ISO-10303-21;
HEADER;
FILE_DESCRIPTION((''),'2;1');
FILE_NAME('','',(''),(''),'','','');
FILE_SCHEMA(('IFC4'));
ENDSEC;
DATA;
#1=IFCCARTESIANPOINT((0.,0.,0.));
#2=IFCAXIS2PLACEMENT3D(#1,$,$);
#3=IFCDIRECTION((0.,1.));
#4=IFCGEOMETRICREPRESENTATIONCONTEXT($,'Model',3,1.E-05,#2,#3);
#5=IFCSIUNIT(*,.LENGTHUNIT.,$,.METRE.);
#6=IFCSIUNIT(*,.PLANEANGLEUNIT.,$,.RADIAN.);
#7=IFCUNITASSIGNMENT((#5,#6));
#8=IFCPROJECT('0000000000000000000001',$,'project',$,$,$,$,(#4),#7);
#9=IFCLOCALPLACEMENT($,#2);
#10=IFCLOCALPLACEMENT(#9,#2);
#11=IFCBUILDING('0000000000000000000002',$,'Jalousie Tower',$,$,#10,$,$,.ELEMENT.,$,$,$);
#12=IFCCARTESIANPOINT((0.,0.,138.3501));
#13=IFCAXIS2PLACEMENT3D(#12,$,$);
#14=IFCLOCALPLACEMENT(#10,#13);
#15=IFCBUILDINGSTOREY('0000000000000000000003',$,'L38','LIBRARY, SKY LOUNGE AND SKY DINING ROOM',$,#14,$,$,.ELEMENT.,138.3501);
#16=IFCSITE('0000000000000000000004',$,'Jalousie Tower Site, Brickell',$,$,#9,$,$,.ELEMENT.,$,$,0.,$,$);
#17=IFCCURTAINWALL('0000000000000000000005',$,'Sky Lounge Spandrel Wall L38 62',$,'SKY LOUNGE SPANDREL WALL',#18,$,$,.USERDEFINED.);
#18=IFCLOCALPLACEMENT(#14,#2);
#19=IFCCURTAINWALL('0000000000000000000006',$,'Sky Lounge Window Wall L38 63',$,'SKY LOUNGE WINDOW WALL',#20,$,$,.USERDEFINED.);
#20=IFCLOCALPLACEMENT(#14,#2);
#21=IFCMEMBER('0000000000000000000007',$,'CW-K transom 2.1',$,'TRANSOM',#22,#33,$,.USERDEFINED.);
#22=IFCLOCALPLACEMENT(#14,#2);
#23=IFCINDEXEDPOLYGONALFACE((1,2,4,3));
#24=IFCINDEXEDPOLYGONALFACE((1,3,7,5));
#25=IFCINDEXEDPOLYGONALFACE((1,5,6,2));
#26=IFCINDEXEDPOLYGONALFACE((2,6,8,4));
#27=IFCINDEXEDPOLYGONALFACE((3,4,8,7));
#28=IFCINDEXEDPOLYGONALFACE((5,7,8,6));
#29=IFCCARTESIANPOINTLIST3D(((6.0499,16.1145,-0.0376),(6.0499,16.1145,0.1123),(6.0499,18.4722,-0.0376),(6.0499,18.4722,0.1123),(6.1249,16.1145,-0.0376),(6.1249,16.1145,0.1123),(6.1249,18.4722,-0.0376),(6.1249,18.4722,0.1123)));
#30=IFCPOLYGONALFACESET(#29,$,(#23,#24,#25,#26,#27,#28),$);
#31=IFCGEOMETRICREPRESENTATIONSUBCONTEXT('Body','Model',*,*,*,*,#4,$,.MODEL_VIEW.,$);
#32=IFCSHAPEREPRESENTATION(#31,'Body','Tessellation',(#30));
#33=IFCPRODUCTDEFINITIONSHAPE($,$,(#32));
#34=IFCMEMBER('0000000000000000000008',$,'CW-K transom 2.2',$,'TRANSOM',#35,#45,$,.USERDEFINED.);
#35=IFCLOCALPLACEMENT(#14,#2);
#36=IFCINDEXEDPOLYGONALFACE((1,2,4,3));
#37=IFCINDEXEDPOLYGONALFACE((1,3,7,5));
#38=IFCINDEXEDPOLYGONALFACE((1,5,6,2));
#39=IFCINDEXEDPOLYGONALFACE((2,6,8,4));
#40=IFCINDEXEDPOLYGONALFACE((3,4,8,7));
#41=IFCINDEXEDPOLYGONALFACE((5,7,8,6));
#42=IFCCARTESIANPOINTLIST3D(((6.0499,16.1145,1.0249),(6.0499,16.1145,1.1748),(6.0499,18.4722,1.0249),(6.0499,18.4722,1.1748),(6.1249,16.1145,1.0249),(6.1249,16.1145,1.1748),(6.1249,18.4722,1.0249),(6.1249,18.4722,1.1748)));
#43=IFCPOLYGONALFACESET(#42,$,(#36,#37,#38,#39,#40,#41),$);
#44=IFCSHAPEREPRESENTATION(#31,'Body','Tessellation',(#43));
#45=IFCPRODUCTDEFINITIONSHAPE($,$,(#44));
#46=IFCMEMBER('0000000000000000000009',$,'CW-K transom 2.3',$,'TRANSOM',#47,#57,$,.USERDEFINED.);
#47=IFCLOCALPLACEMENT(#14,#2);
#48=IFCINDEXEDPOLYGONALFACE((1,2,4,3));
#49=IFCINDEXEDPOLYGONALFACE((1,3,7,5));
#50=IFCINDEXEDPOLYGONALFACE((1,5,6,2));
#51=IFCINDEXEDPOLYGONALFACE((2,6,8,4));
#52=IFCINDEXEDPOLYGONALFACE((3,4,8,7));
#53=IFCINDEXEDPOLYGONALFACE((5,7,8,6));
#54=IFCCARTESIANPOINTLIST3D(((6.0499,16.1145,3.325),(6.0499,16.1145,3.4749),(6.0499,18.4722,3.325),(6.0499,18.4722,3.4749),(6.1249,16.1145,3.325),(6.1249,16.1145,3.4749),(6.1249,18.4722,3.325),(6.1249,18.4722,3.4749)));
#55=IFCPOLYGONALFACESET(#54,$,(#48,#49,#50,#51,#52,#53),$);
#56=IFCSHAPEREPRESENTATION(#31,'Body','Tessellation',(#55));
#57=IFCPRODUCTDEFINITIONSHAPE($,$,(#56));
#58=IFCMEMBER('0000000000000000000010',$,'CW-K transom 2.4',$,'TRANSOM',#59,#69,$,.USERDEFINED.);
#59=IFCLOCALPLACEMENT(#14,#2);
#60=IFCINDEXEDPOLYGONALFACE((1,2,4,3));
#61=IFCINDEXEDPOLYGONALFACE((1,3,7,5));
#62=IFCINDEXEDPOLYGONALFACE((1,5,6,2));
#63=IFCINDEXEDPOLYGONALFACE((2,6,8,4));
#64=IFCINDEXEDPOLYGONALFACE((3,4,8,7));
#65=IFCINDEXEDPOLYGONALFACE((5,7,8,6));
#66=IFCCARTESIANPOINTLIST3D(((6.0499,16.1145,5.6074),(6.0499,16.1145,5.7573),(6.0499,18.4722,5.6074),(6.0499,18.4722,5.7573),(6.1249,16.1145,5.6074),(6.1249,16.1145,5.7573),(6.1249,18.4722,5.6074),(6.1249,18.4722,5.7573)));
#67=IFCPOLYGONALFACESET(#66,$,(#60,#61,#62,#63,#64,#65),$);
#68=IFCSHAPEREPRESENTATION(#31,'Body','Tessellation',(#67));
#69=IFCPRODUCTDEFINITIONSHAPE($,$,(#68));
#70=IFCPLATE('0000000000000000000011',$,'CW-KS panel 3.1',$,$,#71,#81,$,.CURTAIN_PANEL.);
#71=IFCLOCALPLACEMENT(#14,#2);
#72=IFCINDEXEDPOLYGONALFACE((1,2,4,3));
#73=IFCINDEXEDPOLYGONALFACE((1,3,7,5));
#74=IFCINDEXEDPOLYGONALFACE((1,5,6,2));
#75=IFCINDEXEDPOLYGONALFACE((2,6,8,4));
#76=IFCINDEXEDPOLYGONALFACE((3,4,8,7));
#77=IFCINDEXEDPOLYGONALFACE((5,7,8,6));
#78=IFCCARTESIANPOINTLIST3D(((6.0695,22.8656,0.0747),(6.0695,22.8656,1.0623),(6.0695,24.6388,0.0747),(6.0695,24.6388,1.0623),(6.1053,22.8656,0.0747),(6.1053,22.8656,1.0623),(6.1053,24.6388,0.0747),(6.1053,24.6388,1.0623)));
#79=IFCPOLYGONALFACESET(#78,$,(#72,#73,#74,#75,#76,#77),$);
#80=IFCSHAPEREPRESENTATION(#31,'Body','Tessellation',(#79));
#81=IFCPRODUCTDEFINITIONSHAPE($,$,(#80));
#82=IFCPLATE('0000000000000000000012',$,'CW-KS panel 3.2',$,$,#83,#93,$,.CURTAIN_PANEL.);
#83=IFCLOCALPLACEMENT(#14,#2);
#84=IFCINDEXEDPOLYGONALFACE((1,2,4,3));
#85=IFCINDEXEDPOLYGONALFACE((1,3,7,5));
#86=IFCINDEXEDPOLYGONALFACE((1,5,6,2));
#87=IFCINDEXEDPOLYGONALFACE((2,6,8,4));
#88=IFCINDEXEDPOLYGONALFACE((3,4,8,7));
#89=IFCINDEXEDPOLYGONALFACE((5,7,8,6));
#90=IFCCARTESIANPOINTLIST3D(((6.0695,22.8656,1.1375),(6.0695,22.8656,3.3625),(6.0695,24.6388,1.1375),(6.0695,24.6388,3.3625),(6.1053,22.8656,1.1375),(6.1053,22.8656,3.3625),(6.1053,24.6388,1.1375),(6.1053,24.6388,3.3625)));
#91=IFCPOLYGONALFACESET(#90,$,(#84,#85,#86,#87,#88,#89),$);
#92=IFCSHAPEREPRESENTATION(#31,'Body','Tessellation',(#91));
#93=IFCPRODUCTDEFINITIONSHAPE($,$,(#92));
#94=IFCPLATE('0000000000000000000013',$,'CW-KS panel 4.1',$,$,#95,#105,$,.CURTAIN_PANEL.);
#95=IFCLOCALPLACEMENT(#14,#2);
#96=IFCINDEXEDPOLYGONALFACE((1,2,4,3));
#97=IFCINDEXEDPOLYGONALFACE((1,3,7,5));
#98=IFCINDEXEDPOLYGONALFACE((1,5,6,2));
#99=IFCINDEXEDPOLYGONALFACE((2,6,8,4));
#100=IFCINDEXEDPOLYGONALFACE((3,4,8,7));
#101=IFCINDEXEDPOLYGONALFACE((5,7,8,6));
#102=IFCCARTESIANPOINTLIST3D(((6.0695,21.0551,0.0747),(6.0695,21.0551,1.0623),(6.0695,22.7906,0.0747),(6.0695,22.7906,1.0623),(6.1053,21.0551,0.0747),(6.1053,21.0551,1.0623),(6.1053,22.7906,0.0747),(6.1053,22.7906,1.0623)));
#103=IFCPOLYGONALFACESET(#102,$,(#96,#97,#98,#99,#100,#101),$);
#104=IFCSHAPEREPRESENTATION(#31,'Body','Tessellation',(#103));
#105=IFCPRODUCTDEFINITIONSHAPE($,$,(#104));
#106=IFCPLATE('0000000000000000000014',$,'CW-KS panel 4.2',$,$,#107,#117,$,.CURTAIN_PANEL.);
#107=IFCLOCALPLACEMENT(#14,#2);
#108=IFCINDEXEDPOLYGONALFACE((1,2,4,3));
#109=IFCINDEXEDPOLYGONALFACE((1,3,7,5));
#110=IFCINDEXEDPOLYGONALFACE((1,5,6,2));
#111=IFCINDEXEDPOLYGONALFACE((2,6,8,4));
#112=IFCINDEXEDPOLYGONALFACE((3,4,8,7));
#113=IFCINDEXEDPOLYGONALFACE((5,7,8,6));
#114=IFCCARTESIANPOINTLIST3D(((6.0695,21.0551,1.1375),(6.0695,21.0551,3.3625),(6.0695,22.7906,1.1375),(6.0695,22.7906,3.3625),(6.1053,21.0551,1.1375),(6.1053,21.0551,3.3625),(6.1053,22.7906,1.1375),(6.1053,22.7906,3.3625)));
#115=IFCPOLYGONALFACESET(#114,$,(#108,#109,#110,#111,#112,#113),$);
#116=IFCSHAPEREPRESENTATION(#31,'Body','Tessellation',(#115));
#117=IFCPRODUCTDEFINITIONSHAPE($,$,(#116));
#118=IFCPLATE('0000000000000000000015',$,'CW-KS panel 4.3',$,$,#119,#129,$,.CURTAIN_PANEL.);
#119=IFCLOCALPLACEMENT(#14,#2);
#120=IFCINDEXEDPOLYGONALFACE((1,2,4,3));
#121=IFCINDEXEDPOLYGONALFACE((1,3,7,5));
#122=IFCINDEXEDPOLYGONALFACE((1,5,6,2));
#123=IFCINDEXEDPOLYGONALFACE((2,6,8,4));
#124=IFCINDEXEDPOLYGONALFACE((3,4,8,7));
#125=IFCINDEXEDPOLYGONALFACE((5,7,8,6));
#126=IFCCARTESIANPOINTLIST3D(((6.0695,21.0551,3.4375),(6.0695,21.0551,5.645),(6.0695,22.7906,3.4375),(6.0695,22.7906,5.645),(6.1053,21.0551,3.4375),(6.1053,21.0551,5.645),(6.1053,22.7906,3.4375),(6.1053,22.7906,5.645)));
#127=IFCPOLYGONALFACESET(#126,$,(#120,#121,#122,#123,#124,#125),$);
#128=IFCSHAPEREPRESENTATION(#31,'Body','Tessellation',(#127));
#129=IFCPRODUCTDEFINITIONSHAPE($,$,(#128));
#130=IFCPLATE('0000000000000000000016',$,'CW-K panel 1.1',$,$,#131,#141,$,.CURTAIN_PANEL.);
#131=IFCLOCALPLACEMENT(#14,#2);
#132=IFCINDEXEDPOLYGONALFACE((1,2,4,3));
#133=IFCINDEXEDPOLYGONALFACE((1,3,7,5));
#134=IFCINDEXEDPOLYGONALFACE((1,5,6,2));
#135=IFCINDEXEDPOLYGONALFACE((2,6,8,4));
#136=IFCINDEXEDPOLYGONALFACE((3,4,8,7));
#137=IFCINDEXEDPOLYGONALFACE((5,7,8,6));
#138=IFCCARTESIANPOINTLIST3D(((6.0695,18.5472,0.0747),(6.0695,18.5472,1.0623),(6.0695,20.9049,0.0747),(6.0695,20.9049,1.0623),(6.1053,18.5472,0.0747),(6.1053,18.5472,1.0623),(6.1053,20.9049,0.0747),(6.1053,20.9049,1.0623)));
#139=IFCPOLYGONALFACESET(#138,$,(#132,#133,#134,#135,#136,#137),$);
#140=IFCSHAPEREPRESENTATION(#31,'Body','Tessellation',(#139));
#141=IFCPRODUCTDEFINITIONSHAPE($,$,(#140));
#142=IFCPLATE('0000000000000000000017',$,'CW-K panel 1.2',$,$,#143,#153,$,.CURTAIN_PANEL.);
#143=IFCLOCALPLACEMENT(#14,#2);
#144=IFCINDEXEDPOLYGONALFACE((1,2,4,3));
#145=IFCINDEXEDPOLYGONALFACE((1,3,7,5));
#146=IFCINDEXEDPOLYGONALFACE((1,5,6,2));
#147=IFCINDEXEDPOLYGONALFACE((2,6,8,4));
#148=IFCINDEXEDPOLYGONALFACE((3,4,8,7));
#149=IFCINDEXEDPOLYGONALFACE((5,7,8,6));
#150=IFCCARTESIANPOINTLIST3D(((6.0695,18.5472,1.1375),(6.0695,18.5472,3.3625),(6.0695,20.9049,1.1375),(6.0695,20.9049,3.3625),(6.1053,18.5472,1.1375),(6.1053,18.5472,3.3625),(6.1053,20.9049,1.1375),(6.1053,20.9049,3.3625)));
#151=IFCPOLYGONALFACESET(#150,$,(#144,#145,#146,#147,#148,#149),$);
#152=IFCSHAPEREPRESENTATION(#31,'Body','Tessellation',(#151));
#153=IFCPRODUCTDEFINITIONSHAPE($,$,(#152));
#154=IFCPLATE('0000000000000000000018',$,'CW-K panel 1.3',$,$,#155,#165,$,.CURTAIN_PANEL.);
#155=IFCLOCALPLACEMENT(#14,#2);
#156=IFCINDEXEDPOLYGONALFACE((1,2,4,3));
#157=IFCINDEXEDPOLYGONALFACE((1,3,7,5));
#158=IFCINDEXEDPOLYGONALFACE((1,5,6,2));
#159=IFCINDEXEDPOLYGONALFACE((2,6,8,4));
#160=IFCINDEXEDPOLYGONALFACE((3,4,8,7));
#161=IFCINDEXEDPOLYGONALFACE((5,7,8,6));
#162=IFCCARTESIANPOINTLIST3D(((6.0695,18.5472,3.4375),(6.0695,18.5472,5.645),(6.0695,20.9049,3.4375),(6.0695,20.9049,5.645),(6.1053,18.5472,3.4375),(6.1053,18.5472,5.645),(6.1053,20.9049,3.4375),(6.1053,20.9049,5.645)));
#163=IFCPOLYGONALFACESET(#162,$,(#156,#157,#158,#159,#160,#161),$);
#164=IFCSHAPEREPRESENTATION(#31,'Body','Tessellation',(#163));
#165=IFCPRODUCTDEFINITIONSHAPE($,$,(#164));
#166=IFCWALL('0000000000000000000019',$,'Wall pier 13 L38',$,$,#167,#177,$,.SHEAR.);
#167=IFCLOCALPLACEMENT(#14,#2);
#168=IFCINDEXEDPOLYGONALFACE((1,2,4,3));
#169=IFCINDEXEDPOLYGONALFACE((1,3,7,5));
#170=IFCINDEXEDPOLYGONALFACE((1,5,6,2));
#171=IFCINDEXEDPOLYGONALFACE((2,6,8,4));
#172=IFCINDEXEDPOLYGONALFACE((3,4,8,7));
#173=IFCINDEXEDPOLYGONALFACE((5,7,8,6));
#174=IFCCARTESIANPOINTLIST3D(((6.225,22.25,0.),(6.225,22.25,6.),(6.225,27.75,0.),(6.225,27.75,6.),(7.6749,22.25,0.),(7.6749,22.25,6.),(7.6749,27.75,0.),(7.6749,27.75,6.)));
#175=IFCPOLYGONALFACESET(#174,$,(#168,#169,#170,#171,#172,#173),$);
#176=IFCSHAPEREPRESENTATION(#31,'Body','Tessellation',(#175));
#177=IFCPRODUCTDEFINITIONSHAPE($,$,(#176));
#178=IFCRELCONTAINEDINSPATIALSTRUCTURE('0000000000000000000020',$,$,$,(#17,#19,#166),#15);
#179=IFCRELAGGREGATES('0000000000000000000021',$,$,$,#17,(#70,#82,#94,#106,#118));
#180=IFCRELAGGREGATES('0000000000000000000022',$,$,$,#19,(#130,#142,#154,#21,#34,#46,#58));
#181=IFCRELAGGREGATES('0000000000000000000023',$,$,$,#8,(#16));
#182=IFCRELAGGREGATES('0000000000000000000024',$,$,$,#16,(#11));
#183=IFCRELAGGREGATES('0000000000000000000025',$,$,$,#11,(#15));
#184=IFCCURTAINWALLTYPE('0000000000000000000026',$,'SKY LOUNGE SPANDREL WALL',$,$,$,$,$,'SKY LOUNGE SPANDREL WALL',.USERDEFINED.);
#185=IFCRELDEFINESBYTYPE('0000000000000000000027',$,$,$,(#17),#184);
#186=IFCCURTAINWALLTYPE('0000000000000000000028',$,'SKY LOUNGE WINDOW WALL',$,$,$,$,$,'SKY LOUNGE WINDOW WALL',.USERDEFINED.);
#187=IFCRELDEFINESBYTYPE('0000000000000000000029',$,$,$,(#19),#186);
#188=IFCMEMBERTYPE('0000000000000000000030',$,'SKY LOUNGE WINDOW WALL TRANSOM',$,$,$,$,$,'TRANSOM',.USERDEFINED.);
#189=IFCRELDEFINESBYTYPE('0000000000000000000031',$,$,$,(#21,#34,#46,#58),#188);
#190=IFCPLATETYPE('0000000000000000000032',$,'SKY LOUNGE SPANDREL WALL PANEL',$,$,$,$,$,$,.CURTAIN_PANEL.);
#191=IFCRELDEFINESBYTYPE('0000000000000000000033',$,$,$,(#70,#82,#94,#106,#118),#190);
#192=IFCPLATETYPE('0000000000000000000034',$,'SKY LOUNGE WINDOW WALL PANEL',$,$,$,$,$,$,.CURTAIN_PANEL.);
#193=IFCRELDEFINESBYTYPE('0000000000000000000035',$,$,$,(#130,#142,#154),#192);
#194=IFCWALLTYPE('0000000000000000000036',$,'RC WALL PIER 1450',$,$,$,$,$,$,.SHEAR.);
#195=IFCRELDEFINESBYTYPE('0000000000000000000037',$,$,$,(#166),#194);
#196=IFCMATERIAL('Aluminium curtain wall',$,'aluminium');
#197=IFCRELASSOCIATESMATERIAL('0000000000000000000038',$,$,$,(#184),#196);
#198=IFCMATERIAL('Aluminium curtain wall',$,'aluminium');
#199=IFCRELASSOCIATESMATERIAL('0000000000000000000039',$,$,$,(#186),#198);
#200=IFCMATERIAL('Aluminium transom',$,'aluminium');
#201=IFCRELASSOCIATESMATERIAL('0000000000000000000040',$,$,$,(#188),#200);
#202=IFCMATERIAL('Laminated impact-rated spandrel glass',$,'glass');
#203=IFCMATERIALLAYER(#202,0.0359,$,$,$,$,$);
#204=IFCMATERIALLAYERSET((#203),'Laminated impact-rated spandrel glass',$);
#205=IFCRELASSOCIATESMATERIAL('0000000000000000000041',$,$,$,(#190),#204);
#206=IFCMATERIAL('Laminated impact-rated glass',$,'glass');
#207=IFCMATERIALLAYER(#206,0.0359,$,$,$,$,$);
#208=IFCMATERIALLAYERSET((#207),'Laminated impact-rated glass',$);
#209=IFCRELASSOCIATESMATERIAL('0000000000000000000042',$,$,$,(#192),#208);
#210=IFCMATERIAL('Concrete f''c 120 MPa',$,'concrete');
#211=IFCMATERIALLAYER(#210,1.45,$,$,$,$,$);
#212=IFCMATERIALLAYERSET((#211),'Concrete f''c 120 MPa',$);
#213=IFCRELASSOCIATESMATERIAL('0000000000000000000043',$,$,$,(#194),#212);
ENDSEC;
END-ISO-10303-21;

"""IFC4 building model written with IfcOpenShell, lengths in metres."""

from ifc_helpers import new_model, si_unit, direction, frame, frame_2d, origin, origin_2d, place, context, subcontext, project, spatial, rectangle, extrude, material, layer, layer_set, material_profile, profile_set, type_object, element, aggregate, save


model = new_model("IFC4")

# Units and contexts
model_context = context("Model", 3, precision=1e-05, world=origin(), true_north=direction((0.0, 1.0)))
body_context = subcontext(model_context, "Body", "Model", "MODEL_VIEW")
ifc_project = project(units=[si_unit("LENGTHUNIT", "METRE"), si_unit("PLANEANGLEUNIT", "RADIAN")], contexts=[model_context])

# Site, building, storey
site_placement = place(None, origin())
site = spatial("IfcSite", under=ifc_project, at=site_placement, Name="Jalousie Tower Site, Brickell", CompositionType="ELEMENT", RefElevation=0.0)
building_placement = place(site_placement, origin())
building = spatial("IfcBuilding", under=site, at=building_placement, Name="Jalousie Tower", CompositionType="ELEMENT")
storey_placement = place(building_placement, frame((0.0, 0.0, 138.3501)))
storey = spatial("IfcBuildingStorey", under=building, at=storey_placement, Name="L38", Description="LIBRARY, SKY LOUNGE AND SKY DINING ROOM", CompositionType="ELEMENT", Elevation=138.3501)

# Curtain walls, members
ifc_material_1 = material(Name="Aluminium curtain wall", Category="aluminium")
curtain_wall_type_1 = type_object("IfcCurtainWallType", Name="SKY LOUNGE SPANDREL WALL", ElementType="SKY LOUNGE SPANDREL WALL", PredefinedType="USERDEFINED", material=ifc_material_1)
curtain_wall_1_placement = place(storey_placement, origin())
curtain_wall_1 = element("IfcCurtainWall", 1, at=curtain_wall_1_placement, inside=storey, type_object=curtain_wall_type_1, Name="Sky Lounge Spandrel Wall L38 62", ObjectType="SKY LOUNGE SPANDREL WALL", PredefinedType="USERDEFINED")
ifc_material_2 = material(Name="Aluminium curtain wall", Category="aluminium")
curtain_wall_type_2 = type_object("IfcCurtainWallType", Name="SKY LOUNGE WINDOW WALL", ElementType="SKY LOUNGE WINDOW WALL", PredefinedType="USERDEFINED", material=ifc_material_2)
curtain_wall_2_placement = place(storey_placement, origin())
curtain_wall_2 = element("IfcCurtainWall", 2, at=curtain_wall_2_placement, inside=storey, type_object=curtain_wall_type_2, Name="Sky Lounge Window Wall L38 63", ObjectType="SKY LOUNGE WINDOW WALL", PredefinedType="USERDEFINED")
ifc_material_3 = material(Name="Aluminium transom", Category="aluminium")
ifc_material_profile_1 = material_profile(ifc_material_3, rectangle(XDim=0.075, YDim=0.1499, at=origin_2d()), Name="TRANSOM 75x150")
ifc_profile_set_1 = profile_set([ifc_material_profile_1], Name="Aluminium transom")
member_type_1 = type_object("IfcMemberType", Name="SKY LOUNGE WINDOW WALL TRANSOM", ElementType="TRANSOM", PredefinedType="USERDEFINED", material=ifc_profile_set_1)
member_1_placement = place(storey_placement, frame((6.0874, 18.4722, 0.0374), z_axis=(0.0, -1.0, 0.0), x_axis=(1.0, 0.0, 0.0)))
member_1 = element("IfcMember", 3, at=member_1_placement, type_object=member_type_1, Name="CW-K transom 2.1", ObjectType="TRANSOM", PredefinedType="USERDEFINED", context=body_context, shape_type="SweptSolid", body=[
    extrude(rectangle(XDim=0.075, YDim=0.1499, at=origin_2d()), origin(), (0.0, 0.0, 1.0), 2.3577),
])
member_2_placement = place(storey_placement, frame((6.0874, 18.4722, 1.0999), z_axis=(0.0, -1.0, 0.0), x_axis=(1.0, 0.0, 0.0)))
member_2 = element("IfcMember", 4, at=member_2_placement, type_object=member_type_1, Name="CW-K transom 2.2", ObjectType="TRANSOM", PredefinedType="USERDEFINED", context=body_context, shape_type="SweptSolid", body=[
    extrude(rectangle(XDim=0.075, YDim=0.1499, at=origin_2d()), origin(), (0.0, 0.0, 1.0), 2.3577),
])
member_3_placement = place(storey_placement, frame((6.0874, 18.4722, 3.3999), z_axis=(0.0, -1.0, 0.0), x_axis=(1.0, 0.0, 0.0)))
member_3 = element("IfcMember", 5, at=member_3_placement, type_object=member_type_1, Name="CW-K transom 2.3", ObjectType="TRANSOM", PredefinedType="USERDEFINED", context=body_context, shape_type="SweptSolid", body=[
    extrude(rectangle(XDim=0.075, YDim=0.1499, at=origin_2d()), origin(), (0.0, 0.0, 1.0), 2.3577),
])
member_4_placement = place(storey_placement, frame((6.0874, 18.4722, 5.6824), z_axis=(0.0, -1.0, 0.0), x_axis=(1.0, 0.0, 0.0)))
member_4 = element("IfcMember", 6, at=member_4_placement, type_object=member_type_1, Name="CW-K transom 2.4", ObjectType="TRANSOM", PredefinedType="USERDEFINED", context=body_context, shape_type="SweptSolid", body=[
    extrude(rectangle(XDim=0.075, YDim=0.1499, at=origin_2d()), origin(), (0.0, 0.0, 1.0), 2.3577),
])

# Plates
ifc_material_4 = material(Name="Laminated impact-rated spandrel glass", Category="glass")
ifc_layer_1 = layer(ifc_material_4, 0.0359)
ifc_layer_set_1 = layer_set([ifc_layer_1], Name="Laminated impact-rated spandrel glass")
plate_type_1 = type_object("IfcPlateType", Name="SKY LOUNGE SPANDREL WALL PANEL", PredefinedType="CURTAIN_PANEL", material=ifc_layer_set_1)
plate_1_placement = place(storey_placement, frame((6.0874, 23.7522, 0.0747), z_axis=(0.0, 0.0, 1.0), x_axis=(0.0, -1.0, 0.0)))
plate_1 = element("IfcPlate", 7, at=plate_1_placement, type_object=plate_type_1, Name="CW-KS panel 3.1", PredefinedType="CURTAIN_PANEL", context=body_context, shape_type="SweptSolid", body=[
    extrude(rectangle(XDim=1.7732, YDim=0.0359, at=origin_2d()), origin(), (0.0, 0.0, 1.0), 0.9875),
])
plate_2_placement = place(storey_placement, frame((6.0874, 23.7522, 1.1375), z_axis=(0.0, 0.0, 1.0), x_axis=(0.0, -1.0, 0.0)))
plate_2 = element("IfcPlate", 8, at=plate_2_placement, type_object=plate_type_1, Name="CW-KS panel 3.2", PredefinedType="CURTAIN_PANEL", context=body_context, shape_type="SweptSolid", body=[
    extrude(rectangle(XDim=1.7732, YDim=0.0359, at=origin_2d()), origin(), (0.0, 0.0, 1.0), 2.2251),
])
plate_3_placement = place(storey_placement, frame((6.0874, 21.9229, 0.0747), z_axis=(0.0, 0.0, 1.0), x_axis=(0.0, -1.0, 0.0)))
plate_3 = element("IfcPlate", 9, at=plate_3_placement, type_object=plate_type_1, Name="CW-KS panel 4.1", PredefinedType="CURTAIN_PANEL", context=body_context, shape_type="SweptSolid", body=[
    extrude(rectangle(XDim=1.7356, YDim=0.0359, at=origin_2d()), origin(), (0.0, 0.0, 1.0), 0.9875),
])
plate_4_placement = place(storey_placement, frame((6.0874, 21.9229, 1.1375), z_axis=(0.0, 0.0, 1.0), x_axis=(0.0, -1.0, 0.0)))
plate_4 = element("IfcPlate", 10, at=plate_4_placement, type_object=plate_type_1, Name="CW-KS panel 4.2", PredefinedType="CURTAIN_PANEL", context=body_context, shape_type="SweptSolid", body=[
    extrude(rectangle(XDim=1.7356, YDim=0.0359, at=origin_2d()), origin(), (0.0, 0.0, 1.0), 2.2251),
])
plate_5_placement = place(storey_placement, frame((6.0874, 21.9229, 3.4375), z_axis=(0.0, 0.0, 1.0), x_axis=(0.0, -1.0, 0.0)))
plate_5 = element("IfcPlate", 11, at=plate_5_placement, type_object=plate_type_1, Name="CW-KS panel 4.3", PredefinedType="CURTAIN_PANEL", context=body_context, shape_type="SweptSolid", body=[
    extrude(rectangle(XDim=1.7356, YDim=0.0359, at=origin_2d()), origin(), (0.0, 0.0, 1.0), 2.2075),
])
aggregate(curtain_wall_1, [plate_1, plate_2, plate_3, plate_4, plate_5])
ifc_material_5 = material(Name="Laminated impact-rated glass", Category="glass")
ifc_layer_2 = layer(ifc_material_5, 0.0359)
ifc_layer_set_2 = layer_set([ifc_layer_2], Name="Laminated impact-rated glass")
plate_type_2 = type_object("IfcPlateType", Name="SKY LOUNGE WINDOW WALL PANEL", PredefinedType="CURTAIN_PANEL", material=ifc_layer_set_2)
plate_6_placement = place(storey_placement, frame((6.0874, 19.7261, 0.0747), z_axis=(0.0, 0.0, 1.0), x_axis=(0.0, -1.0, 0.0)))
plate_6 = element("IfcPlate", 12, at=plate_6_placement, type_object=plate_type_2, Name="CW-K panel 1.1", PredefinedType="CURTAIN_PANEL", context=body_context, shape_type="SweptSolid", body=[
    extrude(rectangle(XDim=2.3577, YDim=0.0359, at=origin_2d()), origin(), (0.0, 0.0, 1.0), 0.9875),
])
plate_7_placement = place(storey_placement, frame((6.0874, 19.7261, 1.1375), z_axis=(0.0, 0.0, 1.0), x_axis=(0.0, -1.0, 0.0)))
plate_7 = element("IfcPlate", 13, at=plate_7_placement, type_object=plate_type_2, Name="CW-K panel 1.2", PredefinedType="CURTAIN_PANEL", context=body_context, shape_type="SweptSolid", body=[
    extrude(rectangle(XDim=2.3577, YDim=0.0359, at=origin_2d()), origin(), (0.0, 0.0, 1.0), 2.2251),
])
plate_8_placement = place(storey_placement, frame((6.0874, 19.7261, 3.4375), z_axis=(0.0, 0.0, 1.0), x_axis=(0.0, -1.0, 0.0)))
plate_8 = element("IfcPlate", 14, at=plate_8_placement, type_object=plate_type_2, Name="CW-K panel 1.3", PredefinedType="CURTAIN_PANEL", context=body_context, shape_type="SweptSolid", body=[
    extrude(rectangle(XDim=2.3577, YDim=0.0359, at=origin_2d()), origin(), (0.0, 0.0, 1.0), 2.2075),
])
aggregate(curtain_wall_2, [plate_6, plate_7, plate_8, member_1, member_2, member_3, member_4])

# Wall
ifc_material_6 = material(Name="Concrete f'c 120 MPa", Category="concrete")
ifc_layer_3 = layer(ifc_material_6, 1.45)
ifc_layer_set_3 = layer_set([ifc_layer_3], Name="Concrete f'c 120 MPa")
wall_type = type_object("IfcWallType", Name="RC WALL PIER 1450", PredefinedType="SHEAR", material=ifc_layer_set_3)
wall_placement = place(storey_placement, frame((6.95, 22.25, 0.0), z_axis=(0.0, 0.0, 1.0), x_axis=(0.0, 1.0, 0.0)))
element("IfcWall", 15, at=wall_placement, inside=storey, type_object=wall_type, Name="Wall pier 13 L38", PredefinedType="SHEAR", context=body_context, shape_type="SweptSolid", body=[
    extrude(rectangle(XDim=5.5, YDim=1.45, at=frame_2d((2.75, 0.0))), origin(), (0.0, 0.0, 1.0), 6.0),
])

save(model, "model.ifc")
